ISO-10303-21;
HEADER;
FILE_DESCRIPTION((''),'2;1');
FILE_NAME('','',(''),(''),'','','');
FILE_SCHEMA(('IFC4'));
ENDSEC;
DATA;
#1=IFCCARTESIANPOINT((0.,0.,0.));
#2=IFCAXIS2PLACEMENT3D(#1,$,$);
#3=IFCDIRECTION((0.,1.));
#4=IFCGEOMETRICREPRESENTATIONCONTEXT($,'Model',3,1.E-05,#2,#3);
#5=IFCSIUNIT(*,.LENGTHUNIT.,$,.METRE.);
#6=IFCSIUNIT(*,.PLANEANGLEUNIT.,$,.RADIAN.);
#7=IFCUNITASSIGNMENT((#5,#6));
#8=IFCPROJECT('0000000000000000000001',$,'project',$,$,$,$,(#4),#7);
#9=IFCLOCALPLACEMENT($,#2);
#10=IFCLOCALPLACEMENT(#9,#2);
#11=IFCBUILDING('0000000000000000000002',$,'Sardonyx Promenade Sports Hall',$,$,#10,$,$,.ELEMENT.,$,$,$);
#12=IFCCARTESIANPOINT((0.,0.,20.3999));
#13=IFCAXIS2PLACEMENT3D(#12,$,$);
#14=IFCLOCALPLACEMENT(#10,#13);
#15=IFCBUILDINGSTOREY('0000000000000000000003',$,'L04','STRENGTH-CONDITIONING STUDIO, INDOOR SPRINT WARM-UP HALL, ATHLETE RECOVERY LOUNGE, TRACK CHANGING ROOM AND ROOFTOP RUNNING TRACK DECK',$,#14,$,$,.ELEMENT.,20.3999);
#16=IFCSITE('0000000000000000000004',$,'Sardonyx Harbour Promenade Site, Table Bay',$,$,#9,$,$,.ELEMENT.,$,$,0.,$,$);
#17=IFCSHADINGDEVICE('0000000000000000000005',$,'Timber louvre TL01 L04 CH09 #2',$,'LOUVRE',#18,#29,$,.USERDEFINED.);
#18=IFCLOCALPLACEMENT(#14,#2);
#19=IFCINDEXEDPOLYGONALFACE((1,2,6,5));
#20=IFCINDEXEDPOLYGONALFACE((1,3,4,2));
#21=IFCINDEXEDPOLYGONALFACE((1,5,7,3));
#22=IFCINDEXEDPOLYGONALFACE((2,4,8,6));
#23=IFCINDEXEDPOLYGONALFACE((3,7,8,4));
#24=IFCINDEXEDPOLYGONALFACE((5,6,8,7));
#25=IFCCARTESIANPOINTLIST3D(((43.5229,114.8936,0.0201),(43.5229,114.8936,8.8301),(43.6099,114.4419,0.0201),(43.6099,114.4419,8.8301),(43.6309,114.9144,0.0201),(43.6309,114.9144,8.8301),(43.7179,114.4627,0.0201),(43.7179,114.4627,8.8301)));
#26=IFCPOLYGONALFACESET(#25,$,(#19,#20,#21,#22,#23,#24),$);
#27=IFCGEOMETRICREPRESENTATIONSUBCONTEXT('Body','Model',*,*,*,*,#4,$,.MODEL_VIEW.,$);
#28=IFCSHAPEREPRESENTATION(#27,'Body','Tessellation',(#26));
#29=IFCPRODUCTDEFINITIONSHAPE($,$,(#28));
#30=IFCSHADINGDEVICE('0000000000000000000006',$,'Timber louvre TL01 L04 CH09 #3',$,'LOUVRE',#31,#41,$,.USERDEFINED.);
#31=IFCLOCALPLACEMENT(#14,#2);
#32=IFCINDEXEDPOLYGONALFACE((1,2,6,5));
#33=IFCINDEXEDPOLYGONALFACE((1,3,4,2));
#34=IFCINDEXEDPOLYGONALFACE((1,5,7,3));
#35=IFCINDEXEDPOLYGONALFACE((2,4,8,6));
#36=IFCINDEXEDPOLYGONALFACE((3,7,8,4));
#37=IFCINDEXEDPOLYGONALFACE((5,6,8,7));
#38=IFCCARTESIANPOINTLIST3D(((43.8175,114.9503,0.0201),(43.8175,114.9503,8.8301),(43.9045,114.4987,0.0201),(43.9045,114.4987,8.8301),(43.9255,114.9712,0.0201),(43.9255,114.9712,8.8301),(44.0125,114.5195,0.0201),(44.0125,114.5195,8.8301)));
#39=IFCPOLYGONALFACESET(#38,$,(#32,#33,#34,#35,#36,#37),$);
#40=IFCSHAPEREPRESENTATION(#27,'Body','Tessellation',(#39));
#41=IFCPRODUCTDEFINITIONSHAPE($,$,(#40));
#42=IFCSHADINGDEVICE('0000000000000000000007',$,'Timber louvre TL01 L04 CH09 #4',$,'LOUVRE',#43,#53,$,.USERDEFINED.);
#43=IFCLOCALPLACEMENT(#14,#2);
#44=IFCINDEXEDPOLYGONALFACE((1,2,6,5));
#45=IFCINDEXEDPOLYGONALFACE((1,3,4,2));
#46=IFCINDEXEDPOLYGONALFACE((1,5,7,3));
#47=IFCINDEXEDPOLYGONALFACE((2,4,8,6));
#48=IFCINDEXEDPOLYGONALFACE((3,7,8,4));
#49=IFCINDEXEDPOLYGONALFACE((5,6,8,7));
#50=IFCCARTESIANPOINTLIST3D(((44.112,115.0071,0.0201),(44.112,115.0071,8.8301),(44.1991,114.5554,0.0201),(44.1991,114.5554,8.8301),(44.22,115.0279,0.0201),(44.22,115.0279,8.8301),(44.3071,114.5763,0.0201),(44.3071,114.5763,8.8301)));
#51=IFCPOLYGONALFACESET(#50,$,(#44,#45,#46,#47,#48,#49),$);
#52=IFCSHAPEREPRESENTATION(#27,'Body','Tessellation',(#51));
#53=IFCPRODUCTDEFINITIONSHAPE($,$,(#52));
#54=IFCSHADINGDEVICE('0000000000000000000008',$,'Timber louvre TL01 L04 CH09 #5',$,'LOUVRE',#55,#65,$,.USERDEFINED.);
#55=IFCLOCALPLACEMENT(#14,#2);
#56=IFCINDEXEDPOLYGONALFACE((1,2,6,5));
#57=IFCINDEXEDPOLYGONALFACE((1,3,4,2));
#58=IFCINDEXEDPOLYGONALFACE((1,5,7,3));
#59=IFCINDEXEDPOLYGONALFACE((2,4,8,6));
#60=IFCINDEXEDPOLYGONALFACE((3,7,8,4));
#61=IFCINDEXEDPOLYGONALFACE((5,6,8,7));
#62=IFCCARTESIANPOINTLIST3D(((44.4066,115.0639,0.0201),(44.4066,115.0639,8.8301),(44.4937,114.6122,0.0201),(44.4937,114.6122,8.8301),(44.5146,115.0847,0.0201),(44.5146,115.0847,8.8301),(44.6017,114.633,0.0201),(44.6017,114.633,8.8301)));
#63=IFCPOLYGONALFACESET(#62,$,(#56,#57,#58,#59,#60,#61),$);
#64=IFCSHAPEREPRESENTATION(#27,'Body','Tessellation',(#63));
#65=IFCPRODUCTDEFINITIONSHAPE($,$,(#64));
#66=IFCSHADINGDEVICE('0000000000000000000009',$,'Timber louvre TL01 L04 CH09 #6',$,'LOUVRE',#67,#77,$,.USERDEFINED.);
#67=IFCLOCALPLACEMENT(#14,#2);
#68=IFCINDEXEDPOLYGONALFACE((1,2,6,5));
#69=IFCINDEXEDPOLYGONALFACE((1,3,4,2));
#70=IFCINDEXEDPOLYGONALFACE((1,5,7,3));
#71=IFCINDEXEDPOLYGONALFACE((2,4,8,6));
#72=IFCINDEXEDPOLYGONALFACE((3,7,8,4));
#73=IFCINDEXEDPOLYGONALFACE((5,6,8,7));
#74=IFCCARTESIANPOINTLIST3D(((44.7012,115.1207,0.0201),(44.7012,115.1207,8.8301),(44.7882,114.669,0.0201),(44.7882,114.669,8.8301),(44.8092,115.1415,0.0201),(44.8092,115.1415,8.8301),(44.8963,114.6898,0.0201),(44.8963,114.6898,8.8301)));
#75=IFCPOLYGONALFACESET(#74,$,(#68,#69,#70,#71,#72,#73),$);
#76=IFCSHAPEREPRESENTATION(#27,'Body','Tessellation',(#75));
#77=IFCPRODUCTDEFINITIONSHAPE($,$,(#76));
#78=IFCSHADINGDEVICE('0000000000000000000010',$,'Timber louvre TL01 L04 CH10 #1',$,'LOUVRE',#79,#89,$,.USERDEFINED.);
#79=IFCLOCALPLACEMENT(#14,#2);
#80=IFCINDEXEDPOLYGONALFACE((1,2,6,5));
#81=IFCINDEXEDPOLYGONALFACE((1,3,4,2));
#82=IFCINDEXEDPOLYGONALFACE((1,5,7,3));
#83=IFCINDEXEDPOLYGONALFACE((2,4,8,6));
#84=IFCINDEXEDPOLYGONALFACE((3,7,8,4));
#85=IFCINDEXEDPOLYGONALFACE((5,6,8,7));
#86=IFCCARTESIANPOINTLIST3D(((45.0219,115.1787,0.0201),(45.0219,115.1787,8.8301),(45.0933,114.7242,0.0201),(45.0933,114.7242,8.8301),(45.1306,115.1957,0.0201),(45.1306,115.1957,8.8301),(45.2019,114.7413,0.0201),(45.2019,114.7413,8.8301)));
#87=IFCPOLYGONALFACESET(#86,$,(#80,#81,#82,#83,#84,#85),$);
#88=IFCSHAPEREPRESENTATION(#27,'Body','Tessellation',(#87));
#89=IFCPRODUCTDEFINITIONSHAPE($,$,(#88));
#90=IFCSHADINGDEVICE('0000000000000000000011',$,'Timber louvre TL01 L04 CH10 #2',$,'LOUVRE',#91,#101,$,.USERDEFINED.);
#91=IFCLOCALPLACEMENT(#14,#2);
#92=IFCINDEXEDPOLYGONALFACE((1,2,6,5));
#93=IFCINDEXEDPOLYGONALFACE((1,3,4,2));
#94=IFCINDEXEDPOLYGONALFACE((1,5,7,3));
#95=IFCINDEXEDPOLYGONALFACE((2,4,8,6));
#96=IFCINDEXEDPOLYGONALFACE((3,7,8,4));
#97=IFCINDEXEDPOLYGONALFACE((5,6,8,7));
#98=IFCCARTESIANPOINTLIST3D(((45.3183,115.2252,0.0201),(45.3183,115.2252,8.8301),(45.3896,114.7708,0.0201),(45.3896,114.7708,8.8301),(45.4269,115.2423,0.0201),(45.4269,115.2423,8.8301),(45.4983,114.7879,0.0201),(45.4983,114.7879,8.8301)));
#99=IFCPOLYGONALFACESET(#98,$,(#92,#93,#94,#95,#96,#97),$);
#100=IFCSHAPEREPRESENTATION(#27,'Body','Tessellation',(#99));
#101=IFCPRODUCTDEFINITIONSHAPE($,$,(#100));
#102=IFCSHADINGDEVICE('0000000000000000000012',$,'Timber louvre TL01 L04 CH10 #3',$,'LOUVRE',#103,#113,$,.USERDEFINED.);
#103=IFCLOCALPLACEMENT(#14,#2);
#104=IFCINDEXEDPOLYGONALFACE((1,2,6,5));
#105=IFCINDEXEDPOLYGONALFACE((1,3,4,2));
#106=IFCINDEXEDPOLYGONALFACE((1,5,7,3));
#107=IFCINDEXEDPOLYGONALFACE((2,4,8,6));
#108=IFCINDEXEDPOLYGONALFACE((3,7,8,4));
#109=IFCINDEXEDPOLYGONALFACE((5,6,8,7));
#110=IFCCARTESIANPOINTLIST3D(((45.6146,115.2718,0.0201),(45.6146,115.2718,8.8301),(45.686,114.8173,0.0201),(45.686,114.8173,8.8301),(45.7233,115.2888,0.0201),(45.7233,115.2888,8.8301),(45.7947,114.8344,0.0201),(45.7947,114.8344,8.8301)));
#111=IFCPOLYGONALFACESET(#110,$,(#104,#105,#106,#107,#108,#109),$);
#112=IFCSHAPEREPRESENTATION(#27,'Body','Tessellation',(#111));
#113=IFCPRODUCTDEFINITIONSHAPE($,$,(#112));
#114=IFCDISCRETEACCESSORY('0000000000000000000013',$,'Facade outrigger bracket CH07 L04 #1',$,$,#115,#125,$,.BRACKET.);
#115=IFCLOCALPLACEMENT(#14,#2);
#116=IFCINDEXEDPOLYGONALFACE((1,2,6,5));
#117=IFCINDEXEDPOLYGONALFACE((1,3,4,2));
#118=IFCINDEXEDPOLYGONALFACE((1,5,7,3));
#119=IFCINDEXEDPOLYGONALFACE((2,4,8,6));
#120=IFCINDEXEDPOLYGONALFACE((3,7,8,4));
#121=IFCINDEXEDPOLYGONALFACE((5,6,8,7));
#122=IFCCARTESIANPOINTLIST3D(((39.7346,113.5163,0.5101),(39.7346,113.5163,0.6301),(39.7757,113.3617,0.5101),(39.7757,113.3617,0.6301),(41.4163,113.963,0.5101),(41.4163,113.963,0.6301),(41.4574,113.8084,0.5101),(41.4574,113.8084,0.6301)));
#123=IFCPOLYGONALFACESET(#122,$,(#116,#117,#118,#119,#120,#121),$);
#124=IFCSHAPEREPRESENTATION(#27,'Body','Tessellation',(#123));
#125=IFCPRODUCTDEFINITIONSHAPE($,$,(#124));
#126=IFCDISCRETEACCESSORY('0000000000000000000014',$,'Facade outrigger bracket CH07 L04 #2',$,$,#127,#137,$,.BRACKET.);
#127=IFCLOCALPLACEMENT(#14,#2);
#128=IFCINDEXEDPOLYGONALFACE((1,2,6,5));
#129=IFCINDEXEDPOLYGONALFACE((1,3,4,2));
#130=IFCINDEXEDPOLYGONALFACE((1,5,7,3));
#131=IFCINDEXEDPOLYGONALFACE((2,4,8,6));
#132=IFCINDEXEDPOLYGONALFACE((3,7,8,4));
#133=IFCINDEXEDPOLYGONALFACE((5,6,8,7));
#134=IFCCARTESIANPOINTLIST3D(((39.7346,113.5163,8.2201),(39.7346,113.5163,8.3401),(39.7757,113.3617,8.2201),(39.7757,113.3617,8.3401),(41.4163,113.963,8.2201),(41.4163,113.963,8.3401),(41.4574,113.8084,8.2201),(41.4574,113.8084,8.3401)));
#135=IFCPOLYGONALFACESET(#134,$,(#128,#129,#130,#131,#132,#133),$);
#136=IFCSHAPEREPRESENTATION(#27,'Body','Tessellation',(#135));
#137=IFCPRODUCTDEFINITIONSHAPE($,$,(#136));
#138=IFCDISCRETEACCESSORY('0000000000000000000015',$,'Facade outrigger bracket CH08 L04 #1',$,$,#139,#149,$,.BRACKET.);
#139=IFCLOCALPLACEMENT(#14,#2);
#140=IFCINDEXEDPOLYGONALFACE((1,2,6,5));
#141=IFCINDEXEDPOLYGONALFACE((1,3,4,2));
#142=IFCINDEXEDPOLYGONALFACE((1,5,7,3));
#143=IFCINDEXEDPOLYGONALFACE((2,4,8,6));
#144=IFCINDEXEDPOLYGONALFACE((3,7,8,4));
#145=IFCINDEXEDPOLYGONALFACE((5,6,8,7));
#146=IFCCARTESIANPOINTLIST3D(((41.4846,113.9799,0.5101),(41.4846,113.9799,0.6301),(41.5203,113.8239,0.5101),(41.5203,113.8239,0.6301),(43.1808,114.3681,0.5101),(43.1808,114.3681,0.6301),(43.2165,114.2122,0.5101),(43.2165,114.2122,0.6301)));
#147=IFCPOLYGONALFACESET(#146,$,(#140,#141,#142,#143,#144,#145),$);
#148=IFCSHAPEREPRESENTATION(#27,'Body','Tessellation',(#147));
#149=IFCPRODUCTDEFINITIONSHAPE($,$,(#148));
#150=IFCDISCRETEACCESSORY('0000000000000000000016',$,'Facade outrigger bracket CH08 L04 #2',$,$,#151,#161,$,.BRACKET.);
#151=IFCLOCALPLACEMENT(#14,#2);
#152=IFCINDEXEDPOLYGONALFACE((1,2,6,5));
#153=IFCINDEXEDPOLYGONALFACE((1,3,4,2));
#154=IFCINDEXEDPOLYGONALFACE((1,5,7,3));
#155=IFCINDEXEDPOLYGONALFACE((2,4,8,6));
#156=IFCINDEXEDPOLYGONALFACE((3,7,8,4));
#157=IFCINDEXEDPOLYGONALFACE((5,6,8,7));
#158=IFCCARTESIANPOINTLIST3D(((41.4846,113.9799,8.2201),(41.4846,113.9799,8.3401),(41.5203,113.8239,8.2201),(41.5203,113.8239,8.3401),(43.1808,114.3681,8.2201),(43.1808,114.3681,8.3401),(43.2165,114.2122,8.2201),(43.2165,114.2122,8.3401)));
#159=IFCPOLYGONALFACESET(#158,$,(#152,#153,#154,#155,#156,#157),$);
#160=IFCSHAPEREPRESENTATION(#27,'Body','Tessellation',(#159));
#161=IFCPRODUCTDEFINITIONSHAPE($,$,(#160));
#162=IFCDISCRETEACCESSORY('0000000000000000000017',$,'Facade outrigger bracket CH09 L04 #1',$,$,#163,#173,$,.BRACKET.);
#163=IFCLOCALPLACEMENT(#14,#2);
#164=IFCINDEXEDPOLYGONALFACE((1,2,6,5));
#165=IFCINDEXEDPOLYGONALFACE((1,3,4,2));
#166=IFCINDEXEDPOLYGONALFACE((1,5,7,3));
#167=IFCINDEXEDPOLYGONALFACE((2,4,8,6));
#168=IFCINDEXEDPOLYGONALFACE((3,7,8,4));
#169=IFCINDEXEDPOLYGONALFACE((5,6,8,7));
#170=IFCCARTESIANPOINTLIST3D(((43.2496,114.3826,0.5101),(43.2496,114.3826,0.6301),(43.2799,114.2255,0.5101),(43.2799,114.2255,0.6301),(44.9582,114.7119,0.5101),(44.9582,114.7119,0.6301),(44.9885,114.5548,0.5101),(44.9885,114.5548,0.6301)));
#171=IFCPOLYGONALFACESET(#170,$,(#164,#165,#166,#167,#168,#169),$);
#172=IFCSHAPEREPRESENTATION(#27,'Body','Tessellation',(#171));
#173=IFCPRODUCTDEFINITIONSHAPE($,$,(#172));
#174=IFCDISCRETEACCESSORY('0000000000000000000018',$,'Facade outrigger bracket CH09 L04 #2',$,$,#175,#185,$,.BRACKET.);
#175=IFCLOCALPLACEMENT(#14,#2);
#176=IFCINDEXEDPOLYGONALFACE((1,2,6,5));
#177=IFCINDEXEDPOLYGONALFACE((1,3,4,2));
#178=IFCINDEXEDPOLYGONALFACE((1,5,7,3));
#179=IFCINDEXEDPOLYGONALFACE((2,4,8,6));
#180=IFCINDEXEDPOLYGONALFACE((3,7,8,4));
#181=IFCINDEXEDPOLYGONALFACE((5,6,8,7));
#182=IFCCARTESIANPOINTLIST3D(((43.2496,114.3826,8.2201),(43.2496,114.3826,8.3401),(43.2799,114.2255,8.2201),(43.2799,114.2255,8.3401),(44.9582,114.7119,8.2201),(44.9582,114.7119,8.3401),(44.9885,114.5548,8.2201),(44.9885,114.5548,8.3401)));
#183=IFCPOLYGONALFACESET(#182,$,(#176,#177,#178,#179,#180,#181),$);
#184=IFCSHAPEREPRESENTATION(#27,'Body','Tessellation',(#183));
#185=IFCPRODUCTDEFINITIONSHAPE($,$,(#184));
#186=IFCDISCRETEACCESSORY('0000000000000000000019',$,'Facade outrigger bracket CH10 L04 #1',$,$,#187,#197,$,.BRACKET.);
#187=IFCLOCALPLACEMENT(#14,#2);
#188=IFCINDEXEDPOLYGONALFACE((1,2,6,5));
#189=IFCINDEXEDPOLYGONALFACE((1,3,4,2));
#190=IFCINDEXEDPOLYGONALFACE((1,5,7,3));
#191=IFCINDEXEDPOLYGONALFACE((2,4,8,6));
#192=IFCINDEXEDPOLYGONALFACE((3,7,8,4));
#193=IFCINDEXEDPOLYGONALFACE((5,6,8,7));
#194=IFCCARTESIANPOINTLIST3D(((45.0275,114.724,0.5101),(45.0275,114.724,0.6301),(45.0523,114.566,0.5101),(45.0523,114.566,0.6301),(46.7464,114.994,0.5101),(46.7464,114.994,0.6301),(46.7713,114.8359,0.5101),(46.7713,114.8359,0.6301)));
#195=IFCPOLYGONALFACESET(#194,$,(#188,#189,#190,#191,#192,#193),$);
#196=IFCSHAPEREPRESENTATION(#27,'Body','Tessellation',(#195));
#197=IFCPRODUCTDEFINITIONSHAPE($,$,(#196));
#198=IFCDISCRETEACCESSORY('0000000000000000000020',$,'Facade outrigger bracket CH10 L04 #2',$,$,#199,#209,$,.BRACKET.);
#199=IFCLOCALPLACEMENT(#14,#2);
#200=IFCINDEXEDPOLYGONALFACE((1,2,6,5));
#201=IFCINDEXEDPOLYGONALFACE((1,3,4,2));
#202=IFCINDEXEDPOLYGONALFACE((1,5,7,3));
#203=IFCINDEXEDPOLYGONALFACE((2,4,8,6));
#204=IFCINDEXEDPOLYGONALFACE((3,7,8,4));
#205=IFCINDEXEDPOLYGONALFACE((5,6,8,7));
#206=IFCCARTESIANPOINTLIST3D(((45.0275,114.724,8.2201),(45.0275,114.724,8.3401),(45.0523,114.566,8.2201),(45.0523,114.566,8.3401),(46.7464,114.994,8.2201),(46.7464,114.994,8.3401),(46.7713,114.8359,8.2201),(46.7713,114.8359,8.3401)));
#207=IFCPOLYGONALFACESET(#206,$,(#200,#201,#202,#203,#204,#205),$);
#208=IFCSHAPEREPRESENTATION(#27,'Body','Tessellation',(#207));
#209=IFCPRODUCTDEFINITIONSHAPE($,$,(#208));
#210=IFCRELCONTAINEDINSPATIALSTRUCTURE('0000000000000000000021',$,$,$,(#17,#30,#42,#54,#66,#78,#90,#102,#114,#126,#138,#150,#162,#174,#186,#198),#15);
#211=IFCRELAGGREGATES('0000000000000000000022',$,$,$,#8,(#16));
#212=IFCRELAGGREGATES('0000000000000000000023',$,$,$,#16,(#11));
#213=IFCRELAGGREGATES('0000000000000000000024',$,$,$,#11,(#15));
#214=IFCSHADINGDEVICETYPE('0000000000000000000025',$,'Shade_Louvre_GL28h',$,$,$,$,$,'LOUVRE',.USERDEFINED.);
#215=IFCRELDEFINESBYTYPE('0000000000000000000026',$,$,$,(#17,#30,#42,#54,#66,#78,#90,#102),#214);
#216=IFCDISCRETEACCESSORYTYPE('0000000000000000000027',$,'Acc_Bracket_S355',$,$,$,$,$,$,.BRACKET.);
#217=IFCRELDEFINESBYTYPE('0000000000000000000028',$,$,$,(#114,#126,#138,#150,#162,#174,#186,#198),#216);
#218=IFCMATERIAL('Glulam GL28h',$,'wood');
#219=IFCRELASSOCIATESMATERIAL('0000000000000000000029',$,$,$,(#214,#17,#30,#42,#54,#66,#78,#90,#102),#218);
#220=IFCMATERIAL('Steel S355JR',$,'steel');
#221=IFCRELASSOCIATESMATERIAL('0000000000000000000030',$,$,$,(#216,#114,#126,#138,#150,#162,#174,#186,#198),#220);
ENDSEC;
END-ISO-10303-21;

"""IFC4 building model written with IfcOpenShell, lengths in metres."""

from ifc_helpers import new_model, si_unit, direction, frame, origin, place, context, subcontext, project, spatial, rectangle, extrude, material, type_object, element, save


model = new_model("IFC4")

# Units and contexts
model_context = context("Model", 3, precision=1e-05, world=origin(), true_north=direction((0.0, 1.0)))
body_context = subcontext(model_context, "Body", "Model", "MODEL_VIEW")
ifc_project = project(units=[si_unit("LENGTHUNIT", "METRE"), si_unit("PLANEANGLEUNIT", "RADIAN")], contexts=[model_context])

# Site, building, storey
site_placement = place(None, origin())
site = spatial("IfcSite", under=ifc_project, at=site_placement, Name="Sardonyx Harbour Promenade Site, Table Bay", CompositionType="ELEMENT", RefElevation=0.0)
building_placement = place(site_placement, origin())
building = spatial("IfcBuilding", under=site, at=building_placement, Name="Sardonyx Promenade Sports Hall", CompositionType="ELEMENT")
storey_placement = place(building_placement, frame((0.0, 0.0, 20.3999)))
storey = spatial("IfcBuildingStorey", under=building, at=storey_placement, Name="L04", Description="STRENGTH-CONDITIONING STUDIO, INDOOR SPRINT WARM-UP HALL, ATHLETE RECOVERY LOUNGE, TRACK CHANGING ROOM AND ROOFTOP RUNNING TRACK DECK", CompositionType="ELEMENT", Elevation=20.3999)

# Shading devices
ifc_material_1 = material(Name="Glulam GL28h", Category="wood")
shading_device_type = type_object("IfcShadingDeviceType", Name="Shade_Louvre_GL28h", ElementType="LOUVRE", PredefinedType="USERDEFINED", material=ifc_material_1)
for number, where, z_axis, x_axis, name in (
    (1, (43.6204, 114.6781, 0.0201), (0.0, 0.0, 1.0), (0.98193, 0.189246, 0.0), "Timber louvre TL01 L04 CH09 #2"),
    (2, (43.915, 114.7349, 0.0201), (0.0, 0.0, 1.0), (0.98193, 0.189246, 0.0), "Timber louvre TL01 L04 CH09 #3"),
    (3, (44.2096, 114.7917, 0.0201), (0.0, 0.0, 1.0), (0.98193, 0.189246, 0.0), "Timber louvre TL01 L04 CH09 #4"),
    (4, (44.5041, 114.8485, 0.0201), (0.0, 0.0, 1.0), (0.98193, 0.189246, 0.0), "Timber louvre TL01 L04 CH09 #5"),
    (5, (44.7987, 114.9052, 0.0201), (0.0, 0.0, 1.0), (0.98193, 0.189246, 0.0), "Timber louvre TL01 L04 CH09 #6"),
    (6, (45.1119, 114.96, 0.0201), (0.0, 0.0, 1.0), (0.987891, 0.155148, 0.0), "Timber louvre TL01 L04 CH10 #1"),
    (7, (45.4083, 115.0065, 0.0201), (0.0, 0.0, 1.0), (0.987891, 0.155148, 0.0), "Timber louvre TL01 L04 CH10 #2"),
    (8, (45.7047, 115.0531, 0.0201), (0.0, 0.0, 1.0), (0.987891, 0.155148, 0.0), "Timber louvre TL01 L04 CH10 #3"),
):
    element("IfcShadingDevice", number, at=place(storey_placement, frame(where, z_axis=z_axis, x_axis=x_axis)), inside=storey, type_object=shading_device_type, material=ifc_material_1, Name=name, ObjectType="LOUVRE", PredefinedType="USERDEFINED", context=body_context, shape_type="SweptSolid", body=[
        extrude(rectangle(XDim=0.11, YDim=0.46), origin(), (0.0, 0.0, 1.0), 8.81),
    ])

# Discrete accessories
ifc_material_2 = material(Name="Steel S355JR", Category="steel")
discrete_accessory_type = type_object("IfcDiscreteAccessoryType", Name="Acc_Bracket_S355", PredefinedType="BRACKET", material=ifc_material_2)
for number, where, z_axis, x_axis, name in (
    (9, (40.596, 113.6623, 0.5101), (0.0, 0.0, 1.0), (0.966485, 0.256721, 0.0), "Facade outrigger bracket CH07 L04 #1"),
    (10, (40.596, 113.6623, 8.2201), (0.0, 0.0, 1.0), (0.966485, 0.256721, 0.0), "Facade outrigger bracket CH07 L04 #2"),
    (11, (42.3506, 114.096, 0.5101), (0.0, 0.0, 1.0), (0.974792, 0.223117, 0.0), "Facade outrigger bracket CH08 L04 #1"),
    (12, (42.3506, 114.096, 8.2201), (0.0, 0.0, 1.0), (0.974792, 0.223117, 0.0), "Facade outrigger bracket CH08 L04 #2"),
    (13, (44.1191, 114.4687, 0.5101), (0.0, 0.0, 1.0), (0.98193, 0.189246, 0.0), "Facade outrigger bracket CH09 L04 #1"),
    (14, (44.1191, 114.4687, 8.2201), (0.0, 0.0, 1.0), (0.98193, 0.189246, 0.0), "Facade outrigger bracket CH09 L04 #2"),
    (15, (45.8994, 114.78, 0.5101), (0.0, 0.0, 1.0), (0.987891, 0.155148, 0.0), "Facade outrigger bracket CH10 L04 #1"),
    (16, (45.8994, 114.78, 8.2201), (0.0, 0.0, 1.0), (0.987891, 0.155148, 0.0), "Facade outrigger bracket CH10 L04 #2"),
):
    element("IfcDiscreteAccessory", number, at=place(storey_placement, frame(where, z_axis=z_axis, x_axis=x_axis)), inside=storey, type_object=discrete_accessory_type, material=ifc_material_2, Name=name, PredefinedType="BRACKET", context=body_context, shape_type="SweptSolid", body=[
        extrude(rectangle(XDim=1.74, YDim=0.16), origin(), (0.0, 0.0, 1.0), 0.12),
    ])

save(model, "model.ifc")
